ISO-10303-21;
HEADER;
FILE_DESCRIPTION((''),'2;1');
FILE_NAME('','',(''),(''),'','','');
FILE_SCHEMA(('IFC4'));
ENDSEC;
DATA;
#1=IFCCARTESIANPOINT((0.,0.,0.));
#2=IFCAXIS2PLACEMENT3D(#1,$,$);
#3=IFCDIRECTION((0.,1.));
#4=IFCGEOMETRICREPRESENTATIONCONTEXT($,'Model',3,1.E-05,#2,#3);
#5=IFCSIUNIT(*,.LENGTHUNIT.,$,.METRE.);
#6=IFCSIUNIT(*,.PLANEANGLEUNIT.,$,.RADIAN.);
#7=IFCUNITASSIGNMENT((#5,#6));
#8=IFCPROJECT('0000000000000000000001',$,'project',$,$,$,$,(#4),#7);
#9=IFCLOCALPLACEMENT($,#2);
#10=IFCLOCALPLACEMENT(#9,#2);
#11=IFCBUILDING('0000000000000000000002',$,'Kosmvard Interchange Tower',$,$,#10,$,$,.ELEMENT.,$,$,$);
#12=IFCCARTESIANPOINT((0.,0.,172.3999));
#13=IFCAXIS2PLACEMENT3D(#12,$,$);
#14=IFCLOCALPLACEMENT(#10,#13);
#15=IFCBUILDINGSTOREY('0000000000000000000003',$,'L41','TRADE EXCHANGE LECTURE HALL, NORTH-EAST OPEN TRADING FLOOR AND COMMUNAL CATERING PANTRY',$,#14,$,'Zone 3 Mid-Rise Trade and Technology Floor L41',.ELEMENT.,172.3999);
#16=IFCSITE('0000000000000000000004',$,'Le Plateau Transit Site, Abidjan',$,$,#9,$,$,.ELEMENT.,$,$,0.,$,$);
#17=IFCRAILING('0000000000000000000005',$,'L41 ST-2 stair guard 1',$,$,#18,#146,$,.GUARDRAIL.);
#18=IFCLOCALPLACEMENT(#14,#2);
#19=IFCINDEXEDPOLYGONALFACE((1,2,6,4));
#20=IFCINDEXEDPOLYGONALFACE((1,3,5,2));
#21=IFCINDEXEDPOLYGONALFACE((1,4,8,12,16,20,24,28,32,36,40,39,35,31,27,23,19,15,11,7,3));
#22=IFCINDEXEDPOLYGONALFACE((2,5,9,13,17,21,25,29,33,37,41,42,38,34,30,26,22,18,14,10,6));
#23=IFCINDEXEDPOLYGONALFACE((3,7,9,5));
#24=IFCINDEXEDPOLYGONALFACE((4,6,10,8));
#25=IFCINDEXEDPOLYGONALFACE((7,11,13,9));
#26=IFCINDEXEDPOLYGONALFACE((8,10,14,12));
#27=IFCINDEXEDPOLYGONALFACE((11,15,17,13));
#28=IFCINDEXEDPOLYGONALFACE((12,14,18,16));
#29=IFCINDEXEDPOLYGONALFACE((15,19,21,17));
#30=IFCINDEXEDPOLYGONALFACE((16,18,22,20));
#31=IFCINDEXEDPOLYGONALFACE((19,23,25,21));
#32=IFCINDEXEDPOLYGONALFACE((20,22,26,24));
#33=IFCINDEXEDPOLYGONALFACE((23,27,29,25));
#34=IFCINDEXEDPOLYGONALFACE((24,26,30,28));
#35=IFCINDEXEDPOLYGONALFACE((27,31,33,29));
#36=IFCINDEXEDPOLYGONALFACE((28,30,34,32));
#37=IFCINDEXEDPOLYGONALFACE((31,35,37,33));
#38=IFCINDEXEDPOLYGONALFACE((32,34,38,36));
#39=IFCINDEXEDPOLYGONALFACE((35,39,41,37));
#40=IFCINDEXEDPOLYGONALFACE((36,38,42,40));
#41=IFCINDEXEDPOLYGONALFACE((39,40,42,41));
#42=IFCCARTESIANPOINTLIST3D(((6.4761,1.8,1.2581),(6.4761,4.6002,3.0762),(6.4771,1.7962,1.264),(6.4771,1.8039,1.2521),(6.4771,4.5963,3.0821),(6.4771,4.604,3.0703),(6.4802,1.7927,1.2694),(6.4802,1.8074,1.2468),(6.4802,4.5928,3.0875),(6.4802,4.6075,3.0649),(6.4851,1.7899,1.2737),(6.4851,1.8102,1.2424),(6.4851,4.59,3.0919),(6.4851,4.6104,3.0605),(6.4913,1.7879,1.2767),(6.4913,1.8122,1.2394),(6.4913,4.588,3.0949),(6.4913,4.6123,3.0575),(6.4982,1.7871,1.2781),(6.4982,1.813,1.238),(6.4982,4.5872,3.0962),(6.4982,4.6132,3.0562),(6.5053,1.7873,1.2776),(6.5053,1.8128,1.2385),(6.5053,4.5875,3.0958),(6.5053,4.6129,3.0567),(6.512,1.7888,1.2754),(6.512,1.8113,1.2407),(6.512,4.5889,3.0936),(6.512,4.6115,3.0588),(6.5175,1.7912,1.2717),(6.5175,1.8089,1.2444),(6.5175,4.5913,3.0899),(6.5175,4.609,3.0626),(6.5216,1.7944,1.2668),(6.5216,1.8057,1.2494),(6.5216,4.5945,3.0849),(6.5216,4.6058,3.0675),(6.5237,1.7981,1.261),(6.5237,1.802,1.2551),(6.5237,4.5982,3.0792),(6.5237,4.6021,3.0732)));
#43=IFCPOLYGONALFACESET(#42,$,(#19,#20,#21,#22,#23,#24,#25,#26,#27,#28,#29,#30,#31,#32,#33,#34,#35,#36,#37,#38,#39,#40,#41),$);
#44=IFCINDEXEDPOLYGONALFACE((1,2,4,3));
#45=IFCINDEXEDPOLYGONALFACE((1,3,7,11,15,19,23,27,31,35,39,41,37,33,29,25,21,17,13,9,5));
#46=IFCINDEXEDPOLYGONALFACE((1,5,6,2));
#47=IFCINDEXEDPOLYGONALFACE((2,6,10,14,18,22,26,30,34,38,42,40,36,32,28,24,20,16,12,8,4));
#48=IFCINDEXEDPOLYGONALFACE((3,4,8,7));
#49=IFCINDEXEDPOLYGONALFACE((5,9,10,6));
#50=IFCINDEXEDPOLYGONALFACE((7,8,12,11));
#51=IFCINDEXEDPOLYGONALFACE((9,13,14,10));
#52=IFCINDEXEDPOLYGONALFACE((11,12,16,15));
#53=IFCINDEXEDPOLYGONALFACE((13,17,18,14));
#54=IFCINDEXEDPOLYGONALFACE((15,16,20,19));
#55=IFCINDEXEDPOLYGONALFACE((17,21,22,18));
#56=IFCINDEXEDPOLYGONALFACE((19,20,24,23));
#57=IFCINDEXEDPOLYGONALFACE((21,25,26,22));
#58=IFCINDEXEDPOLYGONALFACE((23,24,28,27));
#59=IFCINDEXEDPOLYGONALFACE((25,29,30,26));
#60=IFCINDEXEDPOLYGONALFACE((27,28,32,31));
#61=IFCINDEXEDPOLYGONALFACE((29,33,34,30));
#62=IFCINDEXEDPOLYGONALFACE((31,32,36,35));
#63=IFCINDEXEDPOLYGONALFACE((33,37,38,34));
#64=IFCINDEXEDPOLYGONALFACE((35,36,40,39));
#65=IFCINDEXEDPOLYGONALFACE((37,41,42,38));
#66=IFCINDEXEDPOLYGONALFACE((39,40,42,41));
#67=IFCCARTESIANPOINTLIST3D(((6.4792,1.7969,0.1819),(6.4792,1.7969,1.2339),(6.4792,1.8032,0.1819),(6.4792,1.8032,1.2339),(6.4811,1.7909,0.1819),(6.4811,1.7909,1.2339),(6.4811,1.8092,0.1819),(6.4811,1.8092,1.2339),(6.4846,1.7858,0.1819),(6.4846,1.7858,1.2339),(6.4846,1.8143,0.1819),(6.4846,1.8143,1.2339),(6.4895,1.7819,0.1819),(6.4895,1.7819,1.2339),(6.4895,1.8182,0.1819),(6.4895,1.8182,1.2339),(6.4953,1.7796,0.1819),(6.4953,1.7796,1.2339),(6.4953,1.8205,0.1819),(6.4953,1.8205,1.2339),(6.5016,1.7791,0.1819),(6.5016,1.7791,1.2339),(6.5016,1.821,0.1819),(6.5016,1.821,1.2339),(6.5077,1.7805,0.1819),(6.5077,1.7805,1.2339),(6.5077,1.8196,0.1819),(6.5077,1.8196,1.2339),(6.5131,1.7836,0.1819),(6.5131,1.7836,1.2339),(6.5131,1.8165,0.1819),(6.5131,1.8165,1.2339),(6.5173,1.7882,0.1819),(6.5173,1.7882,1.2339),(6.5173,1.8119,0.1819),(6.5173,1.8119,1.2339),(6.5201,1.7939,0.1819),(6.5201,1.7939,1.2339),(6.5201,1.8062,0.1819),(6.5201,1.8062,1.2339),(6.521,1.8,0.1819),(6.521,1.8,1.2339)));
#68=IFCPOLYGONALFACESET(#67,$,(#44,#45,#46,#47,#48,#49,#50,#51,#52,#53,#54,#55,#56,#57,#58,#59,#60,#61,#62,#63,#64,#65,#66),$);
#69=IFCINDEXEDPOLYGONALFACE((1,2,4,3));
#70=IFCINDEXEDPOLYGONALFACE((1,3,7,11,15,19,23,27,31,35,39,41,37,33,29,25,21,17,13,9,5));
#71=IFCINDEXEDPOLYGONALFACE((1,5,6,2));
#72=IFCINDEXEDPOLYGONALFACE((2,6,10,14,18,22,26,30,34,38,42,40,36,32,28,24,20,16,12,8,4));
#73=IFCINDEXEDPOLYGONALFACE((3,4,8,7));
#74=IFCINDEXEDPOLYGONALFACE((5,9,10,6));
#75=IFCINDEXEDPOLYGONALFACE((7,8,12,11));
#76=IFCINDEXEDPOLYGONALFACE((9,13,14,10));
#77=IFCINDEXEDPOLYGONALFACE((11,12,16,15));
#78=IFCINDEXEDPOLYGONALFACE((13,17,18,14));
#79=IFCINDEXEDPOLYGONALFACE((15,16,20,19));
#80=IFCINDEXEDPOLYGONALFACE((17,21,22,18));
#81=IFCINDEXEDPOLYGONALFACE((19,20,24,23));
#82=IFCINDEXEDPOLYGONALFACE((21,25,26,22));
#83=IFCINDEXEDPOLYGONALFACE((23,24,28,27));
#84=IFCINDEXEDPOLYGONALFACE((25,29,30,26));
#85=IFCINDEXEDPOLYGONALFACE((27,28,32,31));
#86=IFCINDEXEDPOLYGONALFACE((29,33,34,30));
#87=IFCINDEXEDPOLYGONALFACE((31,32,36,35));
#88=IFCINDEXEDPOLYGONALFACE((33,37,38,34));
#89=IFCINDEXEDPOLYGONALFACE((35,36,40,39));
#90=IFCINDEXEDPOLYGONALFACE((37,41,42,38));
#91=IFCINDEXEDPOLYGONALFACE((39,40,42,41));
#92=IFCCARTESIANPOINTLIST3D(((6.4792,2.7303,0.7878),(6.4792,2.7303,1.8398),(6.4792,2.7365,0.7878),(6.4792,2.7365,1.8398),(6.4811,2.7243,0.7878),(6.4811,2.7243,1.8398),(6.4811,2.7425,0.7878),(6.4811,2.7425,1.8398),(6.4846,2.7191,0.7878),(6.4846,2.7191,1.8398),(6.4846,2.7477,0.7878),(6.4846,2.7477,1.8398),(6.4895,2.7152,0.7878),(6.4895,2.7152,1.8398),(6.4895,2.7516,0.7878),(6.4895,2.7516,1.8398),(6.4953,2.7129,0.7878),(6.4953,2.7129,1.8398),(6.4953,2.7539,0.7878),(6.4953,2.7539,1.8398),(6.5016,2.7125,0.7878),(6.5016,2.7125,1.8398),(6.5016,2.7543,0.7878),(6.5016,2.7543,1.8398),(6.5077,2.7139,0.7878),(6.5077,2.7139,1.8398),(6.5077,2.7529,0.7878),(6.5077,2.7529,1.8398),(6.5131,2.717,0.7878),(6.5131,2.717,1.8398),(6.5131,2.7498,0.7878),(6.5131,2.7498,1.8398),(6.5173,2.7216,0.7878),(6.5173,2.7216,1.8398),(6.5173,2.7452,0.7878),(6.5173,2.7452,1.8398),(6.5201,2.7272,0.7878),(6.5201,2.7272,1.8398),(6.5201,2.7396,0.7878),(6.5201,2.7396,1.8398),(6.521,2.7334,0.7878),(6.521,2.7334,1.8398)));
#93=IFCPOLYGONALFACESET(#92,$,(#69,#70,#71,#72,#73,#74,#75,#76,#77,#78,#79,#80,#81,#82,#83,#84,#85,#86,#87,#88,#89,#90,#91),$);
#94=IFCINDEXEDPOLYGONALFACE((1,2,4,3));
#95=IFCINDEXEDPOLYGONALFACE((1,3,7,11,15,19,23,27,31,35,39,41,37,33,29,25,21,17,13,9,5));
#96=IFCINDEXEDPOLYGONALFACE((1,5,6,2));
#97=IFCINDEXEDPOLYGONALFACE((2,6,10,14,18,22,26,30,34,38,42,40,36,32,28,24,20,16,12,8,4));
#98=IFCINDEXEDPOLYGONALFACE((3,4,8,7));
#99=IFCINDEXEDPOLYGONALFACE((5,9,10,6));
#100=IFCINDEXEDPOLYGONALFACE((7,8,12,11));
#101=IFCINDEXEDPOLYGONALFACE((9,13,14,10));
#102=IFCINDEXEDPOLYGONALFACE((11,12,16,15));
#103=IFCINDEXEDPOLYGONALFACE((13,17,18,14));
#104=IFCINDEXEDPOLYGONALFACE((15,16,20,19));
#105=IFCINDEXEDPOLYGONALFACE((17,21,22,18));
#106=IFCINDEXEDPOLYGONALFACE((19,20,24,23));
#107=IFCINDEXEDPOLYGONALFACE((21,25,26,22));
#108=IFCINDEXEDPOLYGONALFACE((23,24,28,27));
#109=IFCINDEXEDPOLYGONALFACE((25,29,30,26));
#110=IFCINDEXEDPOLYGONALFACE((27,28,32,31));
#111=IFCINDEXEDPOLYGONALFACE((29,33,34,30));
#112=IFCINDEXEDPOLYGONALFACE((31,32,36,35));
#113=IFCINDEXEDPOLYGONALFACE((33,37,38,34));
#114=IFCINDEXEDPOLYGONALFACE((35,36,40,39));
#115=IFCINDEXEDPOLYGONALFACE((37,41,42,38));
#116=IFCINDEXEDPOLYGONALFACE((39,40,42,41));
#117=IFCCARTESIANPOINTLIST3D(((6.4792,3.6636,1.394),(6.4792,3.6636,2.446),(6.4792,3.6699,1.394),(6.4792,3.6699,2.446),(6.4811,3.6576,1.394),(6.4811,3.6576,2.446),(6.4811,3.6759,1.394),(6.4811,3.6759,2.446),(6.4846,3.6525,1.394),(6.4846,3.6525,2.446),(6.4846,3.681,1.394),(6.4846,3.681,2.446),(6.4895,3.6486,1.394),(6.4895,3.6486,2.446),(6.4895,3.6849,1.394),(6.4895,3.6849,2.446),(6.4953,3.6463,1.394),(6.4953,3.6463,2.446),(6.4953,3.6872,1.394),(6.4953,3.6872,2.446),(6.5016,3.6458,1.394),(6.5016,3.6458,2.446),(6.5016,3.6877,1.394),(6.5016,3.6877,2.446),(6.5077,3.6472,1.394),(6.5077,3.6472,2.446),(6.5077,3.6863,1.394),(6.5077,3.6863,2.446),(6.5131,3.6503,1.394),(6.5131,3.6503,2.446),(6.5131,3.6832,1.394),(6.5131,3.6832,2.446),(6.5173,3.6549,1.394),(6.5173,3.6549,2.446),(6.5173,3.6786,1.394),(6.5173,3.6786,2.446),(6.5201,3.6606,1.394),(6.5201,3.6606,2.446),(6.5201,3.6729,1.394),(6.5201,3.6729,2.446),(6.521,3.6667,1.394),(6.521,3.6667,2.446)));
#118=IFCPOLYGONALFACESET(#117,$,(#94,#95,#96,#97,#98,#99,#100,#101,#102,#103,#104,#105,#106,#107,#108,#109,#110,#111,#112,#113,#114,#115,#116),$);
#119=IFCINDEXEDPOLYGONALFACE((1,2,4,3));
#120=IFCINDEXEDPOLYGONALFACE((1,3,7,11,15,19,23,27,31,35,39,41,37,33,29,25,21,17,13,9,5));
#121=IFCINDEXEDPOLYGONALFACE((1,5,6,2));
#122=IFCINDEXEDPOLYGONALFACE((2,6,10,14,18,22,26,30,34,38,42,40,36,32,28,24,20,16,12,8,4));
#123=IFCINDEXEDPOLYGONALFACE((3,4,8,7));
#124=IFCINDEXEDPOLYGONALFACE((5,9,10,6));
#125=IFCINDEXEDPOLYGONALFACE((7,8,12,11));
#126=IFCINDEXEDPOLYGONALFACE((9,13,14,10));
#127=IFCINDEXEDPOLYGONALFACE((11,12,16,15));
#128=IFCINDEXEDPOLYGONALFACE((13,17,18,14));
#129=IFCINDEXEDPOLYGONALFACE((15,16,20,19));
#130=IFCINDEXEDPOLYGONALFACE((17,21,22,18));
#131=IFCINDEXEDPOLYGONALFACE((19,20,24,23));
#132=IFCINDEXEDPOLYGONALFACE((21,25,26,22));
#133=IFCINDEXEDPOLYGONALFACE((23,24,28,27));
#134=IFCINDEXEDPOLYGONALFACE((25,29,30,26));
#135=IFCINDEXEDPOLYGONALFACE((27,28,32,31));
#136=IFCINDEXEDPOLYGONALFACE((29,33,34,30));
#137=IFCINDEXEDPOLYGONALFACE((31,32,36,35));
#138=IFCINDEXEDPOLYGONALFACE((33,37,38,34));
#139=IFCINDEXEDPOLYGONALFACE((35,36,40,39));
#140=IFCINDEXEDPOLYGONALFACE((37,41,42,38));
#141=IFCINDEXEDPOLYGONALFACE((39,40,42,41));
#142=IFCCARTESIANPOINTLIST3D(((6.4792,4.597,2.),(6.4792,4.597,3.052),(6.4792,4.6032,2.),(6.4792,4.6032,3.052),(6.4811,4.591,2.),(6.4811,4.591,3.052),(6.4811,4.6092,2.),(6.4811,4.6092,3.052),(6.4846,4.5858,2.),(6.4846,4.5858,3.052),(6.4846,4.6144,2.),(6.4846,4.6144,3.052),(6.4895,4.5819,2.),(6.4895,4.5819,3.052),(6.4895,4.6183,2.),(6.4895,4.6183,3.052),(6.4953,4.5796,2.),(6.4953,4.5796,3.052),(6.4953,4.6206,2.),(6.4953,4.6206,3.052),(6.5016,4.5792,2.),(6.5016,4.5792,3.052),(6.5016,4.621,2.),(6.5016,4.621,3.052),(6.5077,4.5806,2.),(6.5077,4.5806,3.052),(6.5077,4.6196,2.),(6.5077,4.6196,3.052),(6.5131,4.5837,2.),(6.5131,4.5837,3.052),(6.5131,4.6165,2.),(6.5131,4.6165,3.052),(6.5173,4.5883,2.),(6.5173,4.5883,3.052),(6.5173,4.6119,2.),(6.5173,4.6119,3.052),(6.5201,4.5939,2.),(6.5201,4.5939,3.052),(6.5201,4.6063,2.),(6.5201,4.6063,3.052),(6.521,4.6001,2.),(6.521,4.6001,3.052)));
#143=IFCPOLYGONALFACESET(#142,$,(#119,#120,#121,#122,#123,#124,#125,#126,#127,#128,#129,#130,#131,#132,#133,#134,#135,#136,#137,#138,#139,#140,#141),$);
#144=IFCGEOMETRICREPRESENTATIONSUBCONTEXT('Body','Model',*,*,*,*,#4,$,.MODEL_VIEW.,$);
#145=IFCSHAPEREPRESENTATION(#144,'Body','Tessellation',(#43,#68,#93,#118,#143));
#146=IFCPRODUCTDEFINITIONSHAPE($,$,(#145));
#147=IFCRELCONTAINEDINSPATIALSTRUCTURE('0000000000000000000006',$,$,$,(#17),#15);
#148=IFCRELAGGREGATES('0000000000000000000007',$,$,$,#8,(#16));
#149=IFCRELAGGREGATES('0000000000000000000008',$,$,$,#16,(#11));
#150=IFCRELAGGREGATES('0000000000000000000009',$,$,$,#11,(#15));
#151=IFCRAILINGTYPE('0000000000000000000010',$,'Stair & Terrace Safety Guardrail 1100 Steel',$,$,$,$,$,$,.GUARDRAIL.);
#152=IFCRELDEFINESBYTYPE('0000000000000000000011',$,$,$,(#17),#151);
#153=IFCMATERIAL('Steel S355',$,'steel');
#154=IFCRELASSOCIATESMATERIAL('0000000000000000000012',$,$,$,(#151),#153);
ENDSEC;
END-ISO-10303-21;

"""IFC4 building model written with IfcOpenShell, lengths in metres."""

from ifc_helpers import new_model, si_unit, direction, frame, origin, origin_2d, place, context, subcontext, project, spatial, circle, extrude, source, transform, mapped, material, type_object, element, save


model = new_model("IFC4")

# Units and contexts
model_context = context("Model", 3, precision=1e-05, world=origin(), true_north=direction((0.0, 1.0)))
body_context = subcontext(model_context, "Body", "Model", "MODEL_VIEW")
ifc_project = project(units=[si_unit("LENGTHUNIT", "METRE"), si_unit("PLANEANGLEUNIT", "RADIAN")], contexts=[model_context])

# Site, building, storey
site_placement = place(None, origin())
site = spatial("IfcSite", under=ifc_project, at=site_placement, Name="Le Plateau Transit Site, Abidjan", CompositionType="ELEMENT", RefElevation=0.0)
building_placement = place(site_placement, origin())
building = spatial("IfcBuilding", under=site, at=building_placement, Name="Kosmvard Interchange Tower", CompositionType="ELEMENT")
storey_placement = place(building_placement, frame((0.0, 0.0, 172.3999)))
storey = spatial("IfcBuildingStorey", under=building, at=storey_placement, Name="L41", Description="TRADE EXCHANGE LECTURE HALL, NORTH-EAST OPEN TRADING FLOOR AND COMMUNAL CATERING PANTRY", LongName="Zone 3 Mid-Rise Trade and Technology Floor L41", CompositionType="ELEMENT", Elevation=172.3999)

# Railing
ifc_material_1 = material(Name="Steel S355", Category="steel")
railing_type_1 = type_object("IfcRailingType", Name="Stair & Terrace Safety Guardrail 1100 Steel", PredefinedType="GUARDRAIL", material=ifc_material_1)
shared_shape_1 = source(origin(), body_context, "Body", "SweptSolid", [
    extrude(circle(Radius=0.0239, at=origin_2d()), frame((0.0, 0.0, 1.0762), z_axis=(0.0, 0.838706, 0.544585), x_axis=(-1.0, 0.0, 0.0)), (0.0, 0.0, 1.0), 3.3386),
    extrude(circle(Radius=0.021, at=origin_2d()), origin(), (0.0, 0.0, 1.0), 1.052),
    extrude(circle(Radius=0.021, at=origin_2d()), frame((0.0, 0.9333, 0.606)), (0.0, 0.0, 1.0), 1.052),
    extrude(circle(Radius=0.021, at=origin_2d()), frame((0.0, 1.8667, 1.2122)), (0.0, 0.0, 1.0), 1.052),
    extrude(circle(Radius=0.021, at=origin_2d()), frame((0.0, 2.8, 1.8181)), (0.0, 0.0, 1.0), 1.052),
])
railing_1_placement = place(storey_placement, frame((6.5, 1.8, 0.1819)))
element("IfcRailing", 1, at=railing_1_placement, inside=storey, type_object=railing_type_1, Name="L41 ST-2 stair guard 1", PredefinedType="GUARDRAIL", context=body_context, shape_type="MappedRepresentation", body=[
    mapped(shared_shape_1, transform((0.0, 0.0, 0.0), scale=1.0)),
])

save(model, "model.ifc")
